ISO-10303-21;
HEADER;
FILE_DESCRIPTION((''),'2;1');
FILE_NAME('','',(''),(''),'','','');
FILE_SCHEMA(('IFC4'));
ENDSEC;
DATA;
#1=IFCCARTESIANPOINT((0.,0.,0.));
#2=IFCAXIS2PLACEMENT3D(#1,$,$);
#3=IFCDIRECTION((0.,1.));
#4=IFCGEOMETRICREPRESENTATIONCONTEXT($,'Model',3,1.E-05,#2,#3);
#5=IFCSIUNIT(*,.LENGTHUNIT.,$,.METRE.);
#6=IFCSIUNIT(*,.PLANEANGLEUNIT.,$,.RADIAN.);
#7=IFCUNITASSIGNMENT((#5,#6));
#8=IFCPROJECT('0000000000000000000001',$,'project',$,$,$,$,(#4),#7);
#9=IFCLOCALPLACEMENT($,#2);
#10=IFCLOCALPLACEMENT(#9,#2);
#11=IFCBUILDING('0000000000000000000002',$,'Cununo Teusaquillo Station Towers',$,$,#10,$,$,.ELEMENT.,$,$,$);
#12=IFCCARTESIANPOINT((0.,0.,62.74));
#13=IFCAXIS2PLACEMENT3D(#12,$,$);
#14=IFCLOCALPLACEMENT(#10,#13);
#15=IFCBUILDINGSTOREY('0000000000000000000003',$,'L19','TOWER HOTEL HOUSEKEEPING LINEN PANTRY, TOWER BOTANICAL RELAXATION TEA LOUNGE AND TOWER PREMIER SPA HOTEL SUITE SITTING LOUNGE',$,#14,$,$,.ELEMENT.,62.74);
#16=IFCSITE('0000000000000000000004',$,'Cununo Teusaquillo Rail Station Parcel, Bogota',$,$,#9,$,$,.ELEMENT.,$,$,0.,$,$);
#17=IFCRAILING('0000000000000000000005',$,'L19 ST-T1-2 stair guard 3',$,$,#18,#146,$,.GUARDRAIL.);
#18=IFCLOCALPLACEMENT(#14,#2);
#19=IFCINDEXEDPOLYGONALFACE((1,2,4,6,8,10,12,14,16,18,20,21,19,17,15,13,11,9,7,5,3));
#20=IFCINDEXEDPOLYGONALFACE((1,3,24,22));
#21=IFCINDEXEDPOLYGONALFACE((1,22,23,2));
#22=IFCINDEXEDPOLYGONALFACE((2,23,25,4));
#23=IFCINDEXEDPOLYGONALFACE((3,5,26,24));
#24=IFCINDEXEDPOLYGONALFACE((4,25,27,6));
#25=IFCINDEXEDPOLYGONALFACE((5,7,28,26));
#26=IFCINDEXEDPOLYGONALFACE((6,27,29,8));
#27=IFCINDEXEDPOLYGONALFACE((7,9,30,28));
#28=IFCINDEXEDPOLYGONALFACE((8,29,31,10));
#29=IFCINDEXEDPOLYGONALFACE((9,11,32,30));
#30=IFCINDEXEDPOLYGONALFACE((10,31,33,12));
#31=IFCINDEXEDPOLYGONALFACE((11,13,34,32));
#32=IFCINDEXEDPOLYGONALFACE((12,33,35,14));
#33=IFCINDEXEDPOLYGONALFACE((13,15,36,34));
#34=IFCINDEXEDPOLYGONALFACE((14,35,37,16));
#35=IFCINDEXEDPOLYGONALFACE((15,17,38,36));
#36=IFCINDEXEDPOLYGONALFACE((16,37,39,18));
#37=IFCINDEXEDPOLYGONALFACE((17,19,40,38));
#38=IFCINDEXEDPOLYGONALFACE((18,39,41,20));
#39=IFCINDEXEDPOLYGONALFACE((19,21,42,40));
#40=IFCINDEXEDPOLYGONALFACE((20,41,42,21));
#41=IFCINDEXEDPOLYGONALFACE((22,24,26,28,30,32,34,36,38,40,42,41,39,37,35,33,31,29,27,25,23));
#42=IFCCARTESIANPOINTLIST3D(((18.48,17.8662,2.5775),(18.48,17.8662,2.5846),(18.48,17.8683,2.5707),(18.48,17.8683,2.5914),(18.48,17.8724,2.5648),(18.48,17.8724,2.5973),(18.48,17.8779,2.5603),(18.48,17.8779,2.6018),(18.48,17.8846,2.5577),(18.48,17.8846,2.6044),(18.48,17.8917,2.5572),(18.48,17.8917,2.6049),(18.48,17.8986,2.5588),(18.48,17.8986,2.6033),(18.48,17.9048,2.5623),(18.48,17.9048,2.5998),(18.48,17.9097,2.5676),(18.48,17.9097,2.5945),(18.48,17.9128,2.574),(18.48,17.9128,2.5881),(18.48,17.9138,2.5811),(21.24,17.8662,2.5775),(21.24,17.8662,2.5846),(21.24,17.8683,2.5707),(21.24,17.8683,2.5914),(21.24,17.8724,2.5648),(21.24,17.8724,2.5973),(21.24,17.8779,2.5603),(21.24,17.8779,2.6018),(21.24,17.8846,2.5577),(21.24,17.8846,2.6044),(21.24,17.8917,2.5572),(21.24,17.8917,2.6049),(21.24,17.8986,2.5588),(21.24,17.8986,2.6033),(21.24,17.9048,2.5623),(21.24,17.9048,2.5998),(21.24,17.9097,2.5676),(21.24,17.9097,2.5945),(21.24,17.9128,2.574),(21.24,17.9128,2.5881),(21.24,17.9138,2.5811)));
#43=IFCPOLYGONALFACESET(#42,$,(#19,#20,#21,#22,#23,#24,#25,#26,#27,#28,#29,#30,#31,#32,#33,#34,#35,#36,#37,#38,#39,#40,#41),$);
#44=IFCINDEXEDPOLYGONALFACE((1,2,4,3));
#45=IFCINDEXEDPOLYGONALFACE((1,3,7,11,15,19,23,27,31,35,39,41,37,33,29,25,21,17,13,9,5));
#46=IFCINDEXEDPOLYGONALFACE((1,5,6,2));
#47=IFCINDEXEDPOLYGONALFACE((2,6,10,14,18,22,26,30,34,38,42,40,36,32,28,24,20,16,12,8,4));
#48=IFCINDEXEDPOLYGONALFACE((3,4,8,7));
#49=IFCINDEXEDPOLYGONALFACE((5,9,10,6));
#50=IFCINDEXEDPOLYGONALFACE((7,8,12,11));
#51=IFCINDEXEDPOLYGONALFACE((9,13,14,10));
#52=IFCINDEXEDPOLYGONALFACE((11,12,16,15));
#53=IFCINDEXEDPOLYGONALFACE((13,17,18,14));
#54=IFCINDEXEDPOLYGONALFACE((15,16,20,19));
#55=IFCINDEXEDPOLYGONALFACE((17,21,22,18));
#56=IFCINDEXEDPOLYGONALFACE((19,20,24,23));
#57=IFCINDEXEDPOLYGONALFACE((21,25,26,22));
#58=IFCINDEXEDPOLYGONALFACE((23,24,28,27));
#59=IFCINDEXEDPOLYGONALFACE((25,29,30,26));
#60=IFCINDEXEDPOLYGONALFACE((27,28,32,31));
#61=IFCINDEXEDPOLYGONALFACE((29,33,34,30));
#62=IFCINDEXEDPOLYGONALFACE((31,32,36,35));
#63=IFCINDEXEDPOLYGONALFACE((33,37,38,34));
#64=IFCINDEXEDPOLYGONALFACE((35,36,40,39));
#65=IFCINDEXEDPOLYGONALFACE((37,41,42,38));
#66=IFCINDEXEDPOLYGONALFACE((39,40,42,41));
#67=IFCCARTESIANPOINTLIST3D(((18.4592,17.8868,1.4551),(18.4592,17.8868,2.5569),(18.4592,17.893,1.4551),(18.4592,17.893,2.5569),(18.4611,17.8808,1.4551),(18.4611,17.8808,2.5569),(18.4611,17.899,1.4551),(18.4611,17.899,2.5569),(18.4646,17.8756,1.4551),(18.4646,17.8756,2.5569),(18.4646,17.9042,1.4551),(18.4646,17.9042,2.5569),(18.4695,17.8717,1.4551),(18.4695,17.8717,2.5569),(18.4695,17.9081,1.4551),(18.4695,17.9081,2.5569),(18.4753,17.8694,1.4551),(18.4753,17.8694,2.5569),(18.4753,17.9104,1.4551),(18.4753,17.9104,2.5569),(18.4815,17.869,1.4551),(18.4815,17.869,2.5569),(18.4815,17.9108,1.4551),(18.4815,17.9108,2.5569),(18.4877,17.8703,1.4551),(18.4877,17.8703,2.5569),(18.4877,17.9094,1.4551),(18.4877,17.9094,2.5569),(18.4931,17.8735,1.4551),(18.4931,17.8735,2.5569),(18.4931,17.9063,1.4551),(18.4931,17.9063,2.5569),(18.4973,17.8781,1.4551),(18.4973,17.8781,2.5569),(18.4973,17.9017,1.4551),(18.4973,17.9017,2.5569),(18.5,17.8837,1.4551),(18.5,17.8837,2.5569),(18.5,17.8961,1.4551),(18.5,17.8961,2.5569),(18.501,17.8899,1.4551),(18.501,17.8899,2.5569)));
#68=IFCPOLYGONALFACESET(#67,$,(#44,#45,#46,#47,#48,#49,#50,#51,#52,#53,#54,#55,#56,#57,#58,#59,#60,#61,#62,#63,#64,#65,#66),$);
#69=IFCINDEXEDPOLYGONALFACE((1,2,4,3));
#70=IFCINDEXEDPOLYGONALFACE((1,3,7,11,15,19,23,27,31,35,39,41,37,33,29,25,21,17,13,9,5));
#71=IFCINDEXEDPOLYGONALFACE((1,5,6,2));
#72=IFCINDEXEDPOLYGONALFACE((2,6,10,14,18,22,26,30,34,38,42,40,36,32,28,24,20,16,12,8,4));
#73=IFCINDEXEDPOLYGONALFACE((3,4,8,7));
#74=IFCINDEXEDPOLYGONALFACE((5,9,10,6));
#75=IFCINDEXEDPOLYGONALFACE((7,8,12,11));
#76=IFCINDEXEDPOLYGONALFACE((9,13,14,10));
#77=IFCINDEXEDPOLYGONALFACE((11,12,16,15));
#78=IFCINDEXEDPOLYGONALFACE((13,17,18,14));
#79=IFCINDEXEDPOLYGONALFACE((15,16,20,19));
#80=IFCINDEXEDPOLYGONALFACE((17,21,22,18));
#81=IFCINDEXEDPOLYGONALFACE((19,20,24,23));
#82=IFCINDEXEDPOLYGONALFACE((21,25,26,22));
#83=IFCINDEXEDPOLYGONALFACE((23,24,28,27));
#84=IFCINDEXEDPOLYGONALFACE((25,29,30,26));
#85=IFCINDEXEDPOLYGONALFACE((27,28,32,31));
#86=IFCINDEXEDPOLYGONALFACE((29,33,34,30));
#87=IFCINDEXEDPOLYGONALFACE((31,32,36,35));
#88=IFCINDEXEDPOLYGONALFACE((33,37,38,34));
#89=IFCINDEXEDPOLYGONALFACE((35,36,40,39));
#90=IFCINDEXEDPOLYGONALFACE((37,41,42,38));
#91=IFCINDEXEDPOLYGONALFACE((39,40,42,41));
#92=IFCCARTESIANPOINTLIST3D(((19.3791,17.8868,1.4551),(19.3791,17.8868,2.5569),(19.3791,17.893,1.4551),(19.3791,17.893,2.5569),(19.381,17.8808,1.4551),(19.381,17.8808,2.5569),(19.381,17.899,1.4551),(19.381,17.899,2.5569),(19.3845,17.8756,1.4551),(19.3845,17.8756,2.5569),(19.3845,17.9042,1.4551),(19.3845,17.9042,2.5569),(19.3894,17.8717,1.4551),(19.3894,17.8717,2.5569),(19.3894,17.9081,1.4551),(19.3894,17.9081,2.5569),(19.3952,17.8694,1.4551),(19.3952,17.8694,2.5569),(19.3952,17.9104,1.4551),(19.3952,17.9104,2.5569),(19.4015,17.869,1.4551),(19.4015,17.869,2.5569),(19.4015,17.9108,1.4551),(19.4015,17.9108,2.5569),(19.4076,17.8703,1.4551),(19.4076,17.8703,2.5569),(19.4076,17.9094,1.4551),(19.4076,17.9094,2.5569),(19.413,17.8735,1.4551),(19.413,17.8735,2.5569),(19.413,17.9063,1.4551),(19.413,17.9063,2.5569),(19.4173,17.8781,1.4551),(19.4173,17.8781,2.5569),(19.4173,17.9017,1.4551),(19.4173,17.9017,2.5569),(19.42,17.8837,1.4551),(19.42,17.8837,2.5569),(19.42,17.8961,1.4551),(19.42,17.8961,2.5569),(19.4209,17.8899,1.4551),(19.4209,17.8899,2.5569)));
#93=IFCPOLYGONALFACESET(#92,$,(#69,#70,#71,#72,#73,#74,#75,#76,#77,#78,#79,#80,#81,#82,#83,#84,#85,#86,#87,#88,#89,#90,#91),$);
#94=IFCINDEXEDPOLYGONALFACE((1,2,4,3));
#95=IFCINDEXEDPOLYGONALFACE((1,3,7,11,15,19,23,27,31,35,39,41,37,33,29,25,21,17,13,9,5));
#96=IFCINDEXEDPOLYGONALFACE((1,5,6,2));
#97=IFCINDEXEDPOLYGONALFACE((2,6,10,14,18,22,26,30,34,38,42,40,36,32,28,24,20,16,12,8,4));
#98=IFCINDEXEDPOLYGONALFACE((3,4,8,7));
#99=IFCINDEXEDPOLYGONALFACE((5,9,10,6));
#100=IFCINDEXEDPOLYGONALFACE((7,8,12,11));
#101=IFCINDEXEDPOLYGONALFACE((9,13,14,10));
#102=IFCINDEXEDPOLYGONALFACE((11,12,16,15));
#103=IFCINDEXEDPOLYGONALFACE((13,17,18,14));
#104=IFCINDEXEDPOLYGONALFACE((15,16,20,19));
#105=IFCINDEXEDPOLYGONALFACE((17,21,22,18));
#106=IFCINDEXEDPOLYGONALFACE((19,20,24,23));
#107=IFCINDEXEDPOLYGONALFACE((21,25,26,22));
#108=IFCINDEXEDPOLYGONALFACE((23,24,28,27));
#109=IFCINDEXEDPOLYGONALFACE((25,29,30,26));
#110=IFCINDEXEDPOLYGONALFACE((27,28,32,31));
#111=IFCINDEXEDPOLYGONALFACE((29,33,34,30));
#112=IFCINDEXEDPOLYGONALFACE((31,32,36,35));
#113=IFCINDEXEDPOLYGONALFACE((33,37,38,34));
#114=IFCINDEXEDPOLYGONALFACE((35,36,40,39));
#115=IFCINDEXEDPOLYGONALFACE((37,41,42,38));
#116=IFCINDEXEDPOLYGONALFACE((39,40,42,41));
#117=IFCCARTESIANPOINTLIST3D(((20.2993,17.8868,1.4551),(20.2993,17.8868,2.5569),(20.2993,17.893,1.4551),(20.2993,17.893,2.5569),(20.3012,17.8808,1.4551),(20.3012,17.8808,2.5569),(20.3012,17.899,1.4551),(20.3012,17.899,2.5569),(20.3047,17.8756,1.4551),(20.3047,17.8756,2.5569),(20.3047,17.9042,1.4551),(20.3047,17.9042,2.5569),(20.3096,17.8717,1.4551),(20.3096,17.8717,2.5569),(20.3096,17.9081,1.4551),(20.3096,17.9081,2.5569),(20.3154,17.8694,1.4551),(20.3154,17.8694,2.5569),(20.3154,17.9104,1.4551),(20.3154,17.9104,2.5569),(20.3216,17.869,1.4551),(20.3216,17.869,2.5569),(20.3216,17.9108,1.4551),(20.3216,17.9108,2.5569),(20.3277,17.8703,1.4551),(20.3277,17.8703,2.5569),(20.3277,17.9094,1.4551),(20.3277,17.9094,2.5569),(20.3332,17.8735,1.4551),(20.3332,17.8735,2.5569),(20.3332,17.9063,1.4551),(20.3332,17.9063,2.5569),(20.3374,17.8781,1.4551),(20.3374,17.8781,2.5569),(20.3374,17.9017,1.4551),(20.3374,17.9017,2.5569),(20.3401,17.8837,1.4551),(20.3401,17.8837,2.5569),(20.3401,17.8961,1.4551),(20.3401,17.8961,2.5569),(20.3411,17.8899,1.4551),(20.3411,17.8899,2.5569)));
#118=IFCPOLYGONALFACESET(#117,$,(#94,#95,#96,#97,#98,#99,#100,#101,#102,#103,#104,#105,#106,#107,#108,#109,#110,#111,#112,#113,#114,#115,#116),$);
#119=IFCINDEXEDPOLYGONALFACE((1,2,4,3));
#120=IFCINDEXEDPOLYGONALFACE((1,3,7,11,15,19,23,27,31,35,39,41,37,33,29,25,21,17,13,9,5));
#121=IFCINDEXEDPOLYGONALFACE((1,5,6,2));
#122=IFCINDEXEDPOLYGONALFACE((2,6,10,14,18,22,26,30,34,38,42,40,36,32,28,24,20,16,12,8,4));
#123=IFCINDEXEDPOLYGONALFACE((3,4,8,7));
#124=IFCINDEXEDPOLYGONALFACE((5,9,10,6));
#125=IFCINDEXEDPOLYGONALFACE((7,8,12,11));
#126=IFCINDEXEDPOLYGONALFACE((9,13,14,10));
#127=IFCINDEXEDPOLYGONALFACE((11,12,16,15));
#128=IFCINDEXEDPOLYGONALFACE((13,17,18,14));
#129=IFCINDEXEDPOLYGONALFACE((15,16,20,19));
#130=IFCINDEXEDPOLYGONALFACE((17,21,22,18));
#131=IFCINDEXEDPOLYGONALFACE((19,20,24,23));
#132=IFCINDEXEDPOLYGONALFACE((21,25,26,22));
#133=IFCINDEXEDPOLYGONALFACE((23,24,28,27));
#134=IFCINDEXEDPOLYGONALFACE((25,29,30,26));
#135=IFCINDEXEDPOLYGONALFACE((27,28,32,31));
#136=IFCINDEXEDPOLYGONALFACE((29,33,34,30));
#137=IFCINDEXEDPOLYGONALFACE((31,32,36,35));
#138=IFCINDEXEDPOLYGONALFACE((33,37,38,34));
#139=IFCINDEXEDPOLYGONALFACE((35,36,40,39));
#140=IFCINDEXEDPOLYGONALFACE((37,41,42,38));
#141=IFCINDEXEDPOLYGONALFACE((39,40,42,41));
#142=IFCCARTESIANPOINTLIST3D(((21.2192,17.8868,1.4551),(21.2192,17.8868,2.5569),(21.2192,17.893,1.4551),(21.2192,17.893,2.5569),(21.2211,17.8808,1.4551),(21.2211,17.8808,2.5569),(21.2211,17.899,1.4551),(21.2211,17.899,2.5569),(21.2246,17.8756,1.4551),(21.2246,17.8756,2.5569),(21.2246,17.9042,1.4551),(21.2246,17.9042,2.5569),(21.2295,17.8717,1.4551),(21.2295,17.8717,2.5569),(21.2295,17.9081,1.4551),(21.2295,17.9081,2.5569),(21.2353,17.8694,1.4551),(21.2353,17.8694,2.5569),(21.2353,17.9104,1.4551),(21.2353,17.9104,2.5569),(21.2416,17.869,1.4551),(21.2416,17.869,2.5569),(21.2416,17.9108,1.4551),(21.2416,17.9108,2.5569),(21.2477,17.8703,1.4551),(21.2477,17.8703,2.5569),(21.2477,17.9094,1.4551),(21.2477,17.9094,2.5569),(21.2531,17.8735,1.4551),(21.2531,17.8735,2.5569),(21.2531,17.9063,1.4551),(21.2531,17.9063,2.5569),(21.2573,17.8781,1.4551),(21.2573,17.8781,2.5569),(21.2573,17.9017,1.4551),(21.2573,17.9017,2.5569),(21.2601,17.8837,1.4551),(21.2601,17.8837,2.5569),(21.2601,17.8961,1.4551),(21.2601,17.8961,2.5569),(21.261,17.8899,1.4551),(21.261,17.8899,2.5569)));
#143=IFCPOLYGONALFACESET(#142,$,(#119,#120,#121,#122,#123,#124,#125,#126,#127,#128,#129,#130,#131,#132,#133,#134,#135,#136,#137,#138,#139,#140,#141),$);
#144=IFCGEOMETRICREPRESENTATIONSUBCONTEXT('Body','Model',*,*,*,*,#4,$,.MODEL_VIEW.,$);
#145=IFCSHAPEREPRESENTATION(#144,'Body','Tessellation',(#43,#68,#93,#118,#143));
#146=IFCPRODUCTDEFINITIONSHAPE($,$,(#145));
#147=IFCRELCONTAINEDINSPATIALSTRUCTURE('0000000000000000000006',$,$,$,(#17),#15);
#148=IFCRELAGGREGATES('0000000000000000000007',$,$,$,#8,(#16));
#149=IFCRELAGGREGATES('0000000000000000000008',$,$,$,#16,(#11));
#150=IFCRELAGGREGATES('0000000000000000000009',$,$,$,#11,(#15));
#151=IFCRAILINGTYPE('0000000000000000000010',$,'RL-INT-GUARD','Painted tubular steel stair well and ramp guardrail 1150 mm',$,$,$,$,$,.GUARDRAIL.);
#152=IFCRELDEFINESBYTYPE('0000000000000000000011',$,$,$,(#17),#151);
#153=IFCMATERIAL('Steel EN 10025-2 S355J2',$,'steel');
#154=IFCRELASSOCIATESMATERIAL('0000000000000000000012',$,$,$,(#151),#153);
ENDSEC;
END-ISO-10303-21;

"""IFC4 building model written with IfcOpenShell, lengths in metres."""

from ifc_helpers import new_model, si_unit, direction, frame, origin, origin_2d, place, context, subcontext, project, spatial, circle, extrude, material, type_object, element, save


model = new_model("IFC4")

# Units and contexts
model_context = context("Model", 3, precision=1e-05, world=origin(), true_north=direction((0.0, 1.0)))
body_context = subcontext(model_context, "Body", "Model", "MODEL_VIEW")
ifc_project = project(units=[si_unit("LENGTHUNIT", "METRE"), si_unit("PLANEANGLEUNIT", "RADIAN")], contexts=[model_context])

# Site, building, storey
site_placement = place(None, origin())
site = spatial("IfcSite", under=ifc_project, at=site_placement, Name="Cununo Teusaquillo Rail Station Parcel, Bogota", CompositionType="ELEMENT", RefElevation=0.0)
building_placement = place(site_placement, origin())
building = spatial("IfcBuilding", under=site, at=building_placement, Name="Cununo Teusaquillo Station Towers", CompositionType="ELEMENT")
storey_placement = place(building_placement, frame((0.0, 0.0, 62.74)))
storey = spatial("IfcBuildingStorey", under=building, at=storey_placement, Name="L19", Description="TOWER HOTEL HOUSEKEEPING LINEN PANTRY, TOWER BOTANICAL RELAXATION TEA LOUNGE AND TOWER PREMIER SPA HOTEL SUITE SITTING LOUNGE", CompositionType="ELEMENT", Elevation=62.74)

# Railing
ifc_material_1 = material(Name="Steel EN 10025-2 S355J2", Category="steel")
railing_type_1 = type_object("IfcRailingType", Name="RL-INT-GUARD", Description="Painted tubular steel stair well and ramp guardrail 1150 mm", PredefinedType="GUARDRAIL", material=ifc_material_1)
railing_1_placement = place(storey_placement, frame((18.48, 17.8899, 1.4551)))
element("IfcRailing", 1, at=railing_1_placement, inside=storey, type_object=railing_type_1, Name="L19 ST-T1-2 stair guard 3", PredefinedType="GUARDRAIL", context=body_context, shape_type="SweptSolid", body=[
    extrude(circle(Radius=0.0239, at=origin_2d()), frame((0.0, 0.0, 1.126), z_axis=(1.0, 0.0, 0.0), x_axis=(0.0, 1.0, 0.0)), (0.0, 0.0, 1.0), 2.76),
    extrude(circle(Radius=0.021, at=origin_2d()), origin(), (0.0, 0.0, 1.0), 1.1018),
    extrude(circle(Radius=0.021, at=origin_2d()), frame((0.9199, 0.0, 0.0)), (0.0, 0.0, 1.0), 1.1018),
    extrude(circle(Radius=0.021, at=origin_2d()), frame((1.8401, 0.0, 0.0)), (0.0, 0.0, 1.0), 1.1018),
    extrude(circle(Radius=0.021, at=origin_2d()), frame((2.76, 0.0, 0.0)), (0.0, 0.0, 1.0), 1.1018),
])

save(model, "model.ifc")
